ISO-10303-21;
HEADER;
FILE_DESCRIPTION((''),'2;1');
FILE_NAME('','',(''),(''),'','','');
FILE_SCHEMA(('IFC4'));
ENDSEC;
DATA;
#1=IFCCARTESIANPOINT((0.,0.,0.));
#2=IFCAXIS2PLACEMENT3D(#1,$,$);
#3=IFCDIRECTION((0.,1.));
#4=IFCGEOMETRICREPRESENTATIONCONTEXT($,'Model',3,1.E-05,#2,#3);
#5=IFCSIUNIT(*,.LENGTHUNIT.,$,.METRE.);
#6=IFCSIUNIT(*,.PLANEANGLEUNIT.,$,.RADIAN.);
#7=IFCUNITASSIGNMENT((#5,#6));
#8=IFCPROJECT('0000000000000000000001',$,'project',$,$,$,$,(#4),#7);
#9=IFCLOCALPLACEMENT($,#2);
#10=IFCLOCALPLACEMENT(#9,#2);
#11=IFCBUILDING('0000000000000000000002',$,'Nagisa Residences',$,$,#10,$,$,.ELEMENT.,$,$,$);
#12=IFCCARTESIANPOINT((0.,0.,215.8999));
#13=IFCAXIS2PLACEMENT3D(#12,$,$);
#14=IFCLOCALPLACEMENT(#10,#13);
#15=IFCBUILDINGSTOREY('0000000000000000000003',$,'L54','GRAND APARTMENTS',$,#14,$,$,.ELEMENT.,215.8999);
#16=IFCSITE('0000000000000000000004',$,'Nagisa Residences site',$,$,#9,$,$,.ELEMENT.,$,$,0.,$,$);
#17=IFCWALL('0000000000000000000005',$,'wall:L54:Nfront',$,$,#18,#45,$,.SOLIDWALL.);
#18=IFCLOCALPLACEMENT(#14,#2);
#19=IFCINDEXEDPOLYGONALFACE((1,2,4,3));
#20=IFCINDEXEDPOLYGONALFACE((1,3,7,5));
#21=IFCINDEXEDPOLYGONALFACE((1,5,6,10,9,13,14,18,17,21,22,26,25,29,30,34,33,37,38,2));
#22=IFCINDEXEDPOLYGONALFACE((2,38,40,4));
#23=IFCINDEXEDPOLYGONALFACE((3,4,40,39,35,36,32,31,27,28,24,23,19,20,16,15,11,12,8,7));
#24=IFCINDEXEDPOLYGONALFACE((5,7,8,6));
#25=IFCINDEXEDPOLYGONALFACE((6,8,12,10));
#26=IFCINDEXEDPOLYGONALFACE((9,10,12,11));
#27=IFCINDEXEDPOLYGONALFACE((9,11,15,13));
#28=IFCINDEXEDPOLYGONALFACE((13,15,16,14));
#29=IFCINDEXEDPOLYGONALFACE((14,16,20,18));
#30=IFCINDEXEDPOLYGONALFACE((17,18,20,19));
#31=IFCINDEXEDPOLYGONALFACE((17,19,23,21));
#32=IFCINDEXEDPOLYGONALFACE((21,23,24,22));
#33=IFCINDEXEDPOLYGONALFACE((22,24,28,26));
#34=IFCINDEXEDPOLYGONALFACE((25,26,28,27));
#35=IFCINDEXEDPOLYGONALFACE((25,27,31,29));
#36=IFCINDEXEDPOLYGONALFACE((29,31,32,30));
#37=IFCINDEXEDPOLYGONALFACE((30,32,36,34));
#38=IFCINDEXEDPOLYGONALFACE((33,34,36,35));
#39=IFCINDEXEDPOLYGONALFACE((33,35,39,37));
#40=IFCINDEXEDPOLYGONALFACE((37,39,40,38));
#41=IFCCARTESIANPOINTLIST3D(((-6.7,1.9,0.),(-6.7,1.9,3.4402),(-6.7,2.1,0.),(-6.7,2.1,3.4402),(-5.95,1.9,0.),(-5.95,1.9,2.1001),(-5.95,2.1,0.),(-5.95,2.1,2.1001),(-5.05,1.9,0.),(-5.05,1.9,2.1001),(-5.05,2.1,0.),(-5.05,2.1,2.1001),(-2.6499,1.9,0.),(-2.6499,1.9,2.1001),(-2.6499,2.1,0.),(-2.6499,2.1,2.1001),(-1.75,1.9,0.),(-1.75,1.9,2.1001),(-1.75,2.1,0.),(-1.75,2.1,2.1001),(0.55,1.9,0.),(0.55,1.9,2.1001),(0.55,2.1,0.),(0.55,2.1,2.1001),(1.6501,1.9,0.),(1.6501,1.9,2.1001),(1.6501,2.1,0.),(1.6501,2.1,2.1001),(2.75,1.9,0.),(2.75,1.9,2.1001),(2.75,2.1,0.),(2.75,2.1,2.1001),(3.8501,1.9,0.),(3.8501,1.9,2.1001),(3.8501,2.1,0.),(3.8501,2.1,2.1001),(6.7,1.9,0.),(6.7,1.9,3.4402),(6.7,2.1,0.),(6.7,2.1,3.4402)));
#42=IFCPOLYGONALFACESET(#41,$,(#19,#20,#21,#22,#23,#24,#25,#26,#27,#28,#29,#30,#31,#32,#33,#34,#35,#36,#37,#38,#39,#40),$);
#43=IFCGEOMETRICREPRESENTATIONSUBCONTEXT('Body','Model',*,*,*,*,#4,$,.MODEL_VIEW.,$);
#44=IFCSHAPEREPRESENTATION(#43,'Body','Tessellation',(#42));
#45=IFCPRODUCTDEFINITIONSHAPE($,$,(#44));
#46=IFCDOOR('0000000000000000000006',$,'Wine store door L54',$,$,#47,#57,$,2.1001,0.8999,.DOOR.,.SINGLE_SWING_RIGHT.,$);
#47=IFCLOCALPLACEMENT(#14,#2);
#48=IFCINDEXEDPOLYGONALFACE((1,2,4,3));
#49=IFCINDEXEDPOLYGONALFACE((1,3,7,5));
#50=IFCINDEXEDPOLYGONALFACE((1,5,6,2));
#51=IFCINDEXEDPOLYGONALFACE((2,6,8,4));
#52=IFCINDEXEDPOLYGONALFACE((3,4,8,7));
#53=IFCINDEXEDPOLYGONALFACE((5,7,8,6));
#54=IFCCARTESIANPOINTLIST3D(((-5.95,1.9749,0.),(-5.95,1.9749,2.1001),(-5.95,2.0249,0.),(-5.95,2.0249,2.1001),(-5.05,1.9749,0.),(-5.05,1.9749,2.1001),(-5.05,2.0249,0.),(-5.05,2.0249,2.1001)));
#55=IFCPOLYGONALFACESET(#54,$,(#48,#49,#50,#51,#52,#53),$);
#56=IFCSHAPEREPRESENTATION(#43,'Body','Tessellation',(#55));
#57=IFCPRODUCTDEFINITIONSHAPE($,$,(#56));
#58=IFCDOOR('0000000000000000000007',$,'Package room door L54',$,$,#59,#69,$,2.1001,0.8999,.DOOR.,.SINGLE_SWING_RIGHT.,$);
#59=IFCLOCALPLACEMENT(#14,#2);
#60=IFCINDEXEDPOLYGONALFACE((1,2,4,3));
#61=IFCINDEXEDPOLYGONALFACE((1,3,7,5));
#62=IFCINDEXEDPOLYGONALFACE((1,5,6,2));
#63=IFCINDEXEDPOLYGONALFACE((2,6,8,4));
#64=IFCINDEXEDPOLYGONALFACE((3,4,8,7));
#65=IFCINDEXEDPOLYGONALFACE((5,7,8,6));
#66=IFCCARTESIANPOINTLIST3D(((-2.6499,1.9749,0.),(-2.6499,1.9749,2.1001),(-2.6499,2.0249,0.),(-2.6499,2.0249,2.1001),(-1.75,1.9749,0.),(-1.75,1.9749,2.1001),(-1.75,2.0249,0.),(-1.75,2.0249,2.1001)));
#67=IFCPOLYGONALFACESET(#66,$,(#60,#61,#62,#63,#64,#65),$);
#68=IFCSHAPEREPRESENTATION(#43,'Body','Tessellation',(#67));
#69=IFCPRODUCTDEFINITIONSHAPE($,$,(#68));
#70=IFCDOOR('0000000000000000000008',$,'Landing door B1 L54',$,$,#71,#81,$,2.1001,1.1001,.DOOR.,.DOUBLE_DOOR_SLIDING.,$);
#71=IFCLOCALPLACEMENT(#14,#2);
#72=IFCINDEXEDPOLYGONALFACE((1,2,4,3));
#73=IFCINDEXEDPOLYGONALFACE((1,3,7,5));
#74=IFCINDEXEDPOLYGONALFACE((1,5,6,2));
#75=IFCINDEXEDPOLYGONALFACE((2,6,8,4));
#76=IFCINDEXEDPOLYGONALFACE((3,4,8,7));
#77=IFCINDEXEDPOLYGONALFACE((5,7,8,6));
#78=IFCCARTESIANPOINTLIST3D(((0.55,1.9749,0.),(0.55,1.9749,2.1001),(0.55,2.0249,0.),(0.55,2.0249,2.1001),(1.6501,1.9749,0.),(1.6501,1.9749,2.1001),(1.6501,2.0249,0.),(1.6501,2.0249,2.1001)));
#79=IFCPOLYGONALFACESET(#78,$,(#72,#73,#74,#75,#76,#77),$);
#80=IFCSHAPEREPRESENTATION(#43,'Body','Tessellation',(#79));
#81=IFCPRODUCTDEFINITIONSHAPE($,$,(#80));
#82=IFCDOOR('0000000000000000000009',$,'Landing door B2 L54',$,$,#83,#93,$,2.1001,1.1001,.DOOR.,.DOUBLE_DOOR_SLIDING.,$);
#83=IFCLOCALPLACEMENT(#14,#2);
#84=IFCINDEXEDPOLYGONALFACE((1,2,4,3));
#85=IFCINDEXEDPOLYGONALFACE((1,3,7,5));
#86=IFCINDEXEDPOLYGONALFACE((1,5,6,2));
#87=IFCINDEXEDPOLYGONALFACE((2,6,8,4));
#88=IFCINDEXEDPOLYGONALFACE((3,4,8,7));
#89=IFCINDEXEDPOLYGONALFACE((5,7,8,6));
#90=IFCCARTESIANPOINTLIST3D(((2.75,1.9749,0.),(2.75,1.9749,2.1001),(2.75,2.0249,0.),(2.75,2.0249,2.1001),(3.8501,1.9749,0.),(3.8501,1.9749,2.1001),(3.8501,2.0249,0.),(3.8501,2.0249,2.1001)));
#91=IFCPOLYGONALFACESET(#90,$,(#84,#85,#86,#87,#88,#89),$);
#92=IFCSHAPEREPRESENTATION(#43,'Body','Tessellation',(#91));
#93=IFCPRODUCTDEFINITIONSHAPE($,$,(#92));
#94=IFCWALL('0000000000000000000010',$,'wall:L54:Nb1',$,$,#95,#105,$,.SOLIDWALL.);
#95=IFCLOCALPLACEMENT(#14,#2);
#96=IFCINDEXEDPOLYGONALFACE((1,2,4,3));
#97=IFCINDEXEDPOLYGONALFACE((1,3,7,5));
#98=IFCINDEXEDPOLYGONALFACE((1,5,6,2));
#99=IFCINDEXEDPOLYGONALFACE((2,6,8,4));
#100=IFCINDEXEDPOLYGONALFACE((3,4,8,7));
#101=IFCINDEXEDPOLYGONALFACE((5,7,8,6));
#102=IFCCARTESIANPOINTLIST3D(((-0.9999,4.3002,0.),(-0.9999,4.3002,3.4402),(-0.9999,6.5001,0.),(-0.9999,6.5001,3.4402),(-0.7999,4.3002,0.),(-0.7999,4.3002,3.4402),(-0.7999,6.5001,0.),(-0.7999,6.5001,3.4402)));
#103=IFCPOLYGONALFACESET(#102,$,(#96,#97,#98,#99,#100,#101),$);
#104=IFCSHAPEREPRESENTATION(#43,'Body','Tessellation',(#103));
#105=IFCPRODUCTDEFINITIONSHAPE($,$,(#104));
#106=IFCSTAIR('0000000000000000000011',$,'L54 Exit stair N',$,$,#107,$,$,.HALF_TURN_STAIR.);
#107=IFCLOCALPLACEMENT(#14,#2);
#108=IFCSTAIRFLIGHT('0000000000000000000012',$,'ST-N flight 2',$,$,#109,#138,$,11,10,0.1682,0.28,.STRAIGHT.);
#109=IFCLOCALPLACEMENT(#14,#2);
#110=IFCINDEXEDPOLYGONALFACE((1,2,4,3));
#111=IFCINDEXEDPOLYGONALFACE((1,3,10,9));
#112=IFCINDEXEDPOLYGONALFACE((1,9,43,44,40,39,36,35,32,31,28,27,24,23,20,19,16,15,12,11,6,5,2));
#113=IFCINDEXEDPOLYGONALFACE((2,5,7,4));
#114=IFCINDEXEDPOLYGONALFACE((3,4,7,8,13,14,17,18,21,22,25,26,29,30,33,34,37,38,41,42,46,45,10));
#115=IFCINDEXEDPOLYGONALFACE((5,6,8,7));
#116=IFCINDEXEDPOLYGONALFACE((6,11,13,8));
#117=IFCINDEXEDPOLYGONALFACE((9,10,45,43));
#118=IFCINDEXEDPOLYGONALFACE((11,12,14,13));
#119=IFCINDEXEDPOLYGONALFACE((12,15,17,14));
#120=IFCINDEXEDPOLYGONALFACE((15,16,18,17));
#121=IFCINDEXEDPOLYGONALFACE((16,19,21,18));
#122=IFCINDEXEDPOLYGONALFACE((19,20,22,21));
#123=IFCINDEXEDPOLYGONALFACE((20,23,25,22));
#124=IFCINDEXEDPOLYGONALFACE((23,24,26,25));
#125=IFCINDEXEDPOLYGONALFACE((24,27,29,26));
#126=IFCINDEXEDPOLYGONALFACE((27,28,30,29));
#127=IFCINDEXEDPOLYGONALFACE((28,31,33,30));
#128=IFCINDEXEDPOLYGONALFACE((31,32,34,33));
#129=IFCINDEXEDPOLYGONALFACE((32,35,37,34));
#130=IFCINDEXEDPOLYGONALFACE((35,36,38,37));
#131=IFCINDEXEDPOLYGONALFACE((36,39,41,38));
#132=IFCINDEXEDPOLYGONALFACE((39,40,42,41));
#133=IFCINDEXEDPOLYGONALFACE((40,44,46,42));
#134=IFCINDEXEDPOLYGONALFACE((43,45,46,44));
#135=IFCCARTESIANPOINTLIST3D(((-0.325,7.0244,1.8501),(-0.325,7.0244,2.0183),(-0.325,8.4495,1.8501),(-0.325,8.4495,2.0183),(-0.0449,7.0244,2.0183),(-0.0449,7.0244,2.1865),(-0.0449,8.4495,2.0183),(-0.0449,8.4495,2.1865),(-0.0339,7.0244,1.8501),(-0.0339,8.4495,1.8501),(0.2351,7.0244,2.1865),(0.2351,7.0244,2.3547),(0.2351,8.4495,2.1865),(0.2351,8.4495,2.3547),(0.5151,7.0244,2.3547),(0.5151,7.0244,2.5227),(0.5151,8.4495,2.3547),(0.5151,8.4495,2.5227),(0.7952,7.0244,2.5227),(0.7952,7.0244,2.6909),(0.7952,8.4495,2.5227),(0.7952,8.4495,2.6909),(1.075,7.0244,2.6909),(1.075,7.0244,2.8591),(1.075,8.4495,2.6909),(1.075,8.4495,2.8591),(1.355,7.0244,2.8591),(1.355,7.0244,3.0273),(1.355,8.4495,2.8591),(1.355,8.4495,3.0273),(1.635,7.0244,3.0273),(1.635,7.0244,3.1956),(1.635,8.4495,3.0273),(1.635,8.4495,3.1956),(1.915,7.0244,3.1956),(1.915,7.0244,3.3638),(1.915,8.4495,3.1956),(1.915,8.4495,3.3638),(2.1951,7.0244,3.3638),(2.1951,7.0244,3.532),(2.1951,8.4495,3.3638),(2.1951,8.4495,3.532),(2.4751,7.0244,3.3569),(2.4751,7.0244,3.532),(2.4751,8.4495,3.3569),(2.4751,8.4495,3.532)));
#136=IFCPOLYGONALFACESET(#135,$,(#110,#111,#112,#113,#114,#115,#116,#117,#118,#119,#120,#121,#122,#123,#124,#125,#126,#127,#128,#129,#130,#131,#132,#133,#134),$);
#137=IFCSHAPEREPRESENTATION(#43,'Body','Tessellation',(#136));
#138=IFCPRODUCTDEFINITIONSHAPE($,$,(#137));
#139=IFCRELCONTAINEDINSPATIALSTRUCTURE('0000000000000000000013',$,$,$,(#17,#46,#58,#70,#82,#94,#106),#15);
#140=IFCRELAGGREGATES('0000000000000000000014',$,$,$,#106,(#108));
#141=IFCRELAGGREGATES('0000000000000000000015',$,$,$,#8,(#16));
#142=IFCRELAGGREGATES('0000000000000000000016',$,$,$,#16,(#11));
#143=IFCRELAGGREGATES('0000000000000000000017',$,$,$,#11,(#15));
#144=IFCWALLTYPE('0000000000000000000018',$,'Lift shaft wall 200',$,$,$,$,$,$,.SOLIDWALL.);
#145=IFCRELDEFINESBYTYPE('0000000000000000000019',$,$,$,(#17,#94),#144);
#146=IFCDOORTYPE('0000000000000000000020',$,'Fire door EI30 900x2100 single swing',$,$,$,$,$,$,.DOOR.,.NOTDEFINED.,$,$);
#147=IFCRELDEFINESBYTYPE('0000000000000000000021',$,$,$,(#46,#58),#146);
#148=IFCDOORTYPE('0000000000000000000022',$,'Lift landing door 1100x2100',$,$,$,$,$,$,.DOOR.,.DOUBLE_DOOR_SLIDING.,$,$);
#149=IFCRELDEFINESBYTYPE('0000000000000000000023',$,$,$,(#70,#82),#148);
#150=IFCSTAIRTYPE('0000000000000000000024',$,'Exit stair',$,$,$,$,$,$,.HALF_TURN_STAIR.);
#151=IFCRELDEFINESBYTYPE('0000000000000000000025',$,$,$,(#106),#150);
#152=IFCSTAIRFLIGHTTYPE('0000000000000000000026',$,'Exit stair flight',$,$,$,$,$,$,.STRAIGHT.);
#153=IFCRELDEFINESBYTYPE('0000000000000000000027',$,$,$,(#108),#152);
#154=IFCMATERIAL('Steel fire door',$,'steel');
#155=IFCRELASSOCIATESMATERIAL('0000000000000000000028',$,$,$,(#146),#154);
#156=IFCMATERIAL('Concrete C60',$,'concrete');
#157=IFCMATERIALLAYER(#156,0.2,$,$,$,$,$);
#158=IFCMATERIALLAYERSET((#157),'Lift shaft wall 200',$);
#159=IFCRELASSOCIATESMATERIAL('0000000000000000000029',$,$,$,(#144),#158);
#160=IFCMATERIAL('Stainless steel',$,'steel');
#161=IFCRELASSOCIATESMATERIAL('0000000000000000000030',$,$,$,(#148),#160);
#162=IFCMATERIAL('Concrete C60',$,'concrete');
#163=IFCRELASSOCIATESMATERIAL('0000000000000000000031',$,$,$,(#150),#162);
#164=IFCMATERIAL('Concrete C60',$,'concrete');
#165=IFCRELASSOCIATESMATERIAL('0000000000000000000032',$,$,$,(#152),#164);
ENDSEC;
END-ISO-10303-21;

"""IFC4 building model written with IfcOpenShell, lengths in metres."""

from ifc_helpers import new_model, si_unit, direction, frame, frame_2d, origin, place, context, subcontext, project, spatial, polyline, rectangle, outline, extrude, material, layer, layer_set, type_object, element, fill, aggregate, save


model = new_model("IFC4")

# Units and contexts
model_context = context("Model", 3, precision=1e-05, world=origin(), true_north=direction((0.0, 1.0)))
body_context = subcontext(model_context, "Body", "Model", "MODEL_VIEW")
ifc_project = project(units=[si_unit("LENGTHUNIT", "METRE"), si_unit("PLANEANGLEUNIT", "RADIAN")], contexts=[model_context])

# Site, building, storey
site_placement = place(None, origin())
site = spatial("IfcSite", under=ifc_project, at=site_placement, Name="Nagisa Residences site", CompositionType="ELEMENT", RefElevation=0.0)
building_placement = place(site_placement, origin())
building = spatial("IfcBuilding", under=site, at=building_placement, Name="Nagisa Residences", CompositionType="ELEMENT")
storey_placement = place(building_placement, frame((0.0, 0.0, 215.8999)))
storey = spatial("IfcBuildingStorey", under=building, at=storey_placement, Name="L54", Description="GRAND APARTMENTS", CompositionType="ELEMENT", Elevation=215.8999)

# Shared definitions
ifc_material_1 = material(Name="Steel fire door", Category="steel")
door_type_1 = type_object("IfcDoorType", Name="Fire door EI30 900x2100 single swing", OperationType="NOTDEFINED", PredefinedType="DOOR", material=ifc_material_1)
ifc_material_2 = material(Name="Concrete C60", Category="concrete")
ifc_layer_1 = layer(ifc_material_2, 0.2)
ifc_layer_set_1 = layer_set([ifc_layer_1], Name="Lift shaft wall 200")
wall_type_1 = type_object("IfcWallType", Name="Lift shaft wall 200", PredefinedType="SOLIDWALL", material=ifc_layer_set_1)
ifc_material_3 = material(Name="Stainless steel", Category="steel")
door_type_2 = type_object("IfcDoorType", Name="Lift landing door 1100x2100", OperationType="DOUBLE_DOOR_SLIDING", PredefinedType="DOOR", material=ifc_material_3)

# Wall, openings, doors
wall_1_placement = place(storey_placement, frame((-6.7, 2.0, 0.0), z_axis=(0.0, 0.0, 1.0), x_axis=(1.0, 0.0, 0.0)))
wall_1 = element("IfcWall", 1, at=wall_1_placement, inside=storey, type_object=wall_type_1, Name="wall:L54:Nfront", PredefinedType="SOLIDWALL", context=body_context, shape_type="SweptSolid", body=[
    extrude(rectangle(XDim=13.3999, YDim=0.2, at=frame_2d((6.7, 0.0))), origin(), (0.0, 0.0, 1.0), 3.4402),
])
opening_1_placement = place(wall_1_placement, frame((7.25, 0.0, 0.0)))
opening_1 = element("IfcOpeningElement", 2, at=opening_1_placement, cuts=wall_1, PredefinedType="OPENING", context=body_context, shape_type="SweptSolid", body=[
    extrude(rectangle(XDim=1.1001, YDim=2.1001, at=frame_2d((0.55, 1.05))), frame((0.0, 0.1099, 0.0), z_axis=(0.0, -1.0, 0.0), x_axis=(1.0, 0.0, 0.0)), (0.0, 0.0, 1.0), 0.22),
])
opening_2_placement = place(wall_1_placement, frame((9.45, 0.0, 0.0)))
opening_2 = element("IfcOpeningElement", 3, at=opening_2_placement, cuts=wall_1, PredefinedType="OPENING", context=body_context, shape_type="SweptSolid", body=[
    extrude(rectangle(XDim=1.1001, YDim=2.1001, at=frame_2d((0.55, 1.05))), frame((0.0, 0.1099, 0.0), z_axis=(0.0, -1.0, 0.0), x_axis=(1.0, 0.0, 0.0)), (0.0, 0.0, 1.0), 0.22),
])
opening_3_placement = place(wall_1_placement, frame((0.75, 0.0, 0.0)))
opening_3 = element("IfcOpeningElement", 4, at=opening_3_placement, cuts=wall_1, PredefinedType="OPENING", context=body_context, shape_type="SweptSolid", body=[
    extrude(rectangle(XDim=0.8999, YDim=2.1001, at=frame_2d((0.45, 1.05))), frame((0.0, 0.1099, 0.0), z_axis=(0.0, -1.0, 0.0), x_axis=(1.0, 0.0, 0.0)), (0.0, 0.0, 1.0), 0.22),
])
opening_4_placement = place(wall_1_placement, frame((4.05, 0.0, 0.0)))
opening_4 = element("IfcOpeningElement", 5, at=opening_4_placement, cuts=wall_1, PredefinedType="OPENING", context=body_context, shape_type="SweptSolid", body=[
    extrude(rectangle(XDim=0.8999, YDim=2.1001, at=frame_2d((0.45, 1.05))), frame((0.0, 0.1099, 0.0), z_axis=(0.0, -1.0, 0.0), x_axis=(1.0, 0.0, 0.0)), (0.0, 0.0, 1.0), 0.22),
])
door_1_placement = place(opening_3_placement, origin())
door_1 = element("IfcDoor", 6, at=door_1_placement, inside=storey, type_object=door_type_1, Name="Wine store door L54", OperationType="SINGLE_SWING_RIGHT", OverallHeight=2.1001, OverallWidth=0.8999, PredefinedType="DOOR", context=body_context, shape_type="SweptSolid", body=[
    extrude(rectangle(XDim=0.8999, YDim=2.1001, at=frame_2d((0.45, 1.05))), frame((0.0, 0.0249, 0.0), z_axis=(0.0, -1.0, 0.0), x_axis=(1.0, 0.0, 0.0)), (0.0, 0.0, 1.0), 0.05),
])
fill(opening_3, door_1)
door_2_placement = place(opening_4_placement, origin())
door_2 = element("IfcDoor", 7, at=door_2_placement, inside=storey, type_object=door_type_1, Name="Package room door L54", OperationType="SINGLE_SWING_RIGHT", OverallHeight=2.1001, OverallWidth=0.8999, PredefinedType="DOOR", context=body_context, shape_type="SweptSolid", body=[
    extrude(rectangle(XDim=0.8999, YDim=2.1001, at=frame_2d((0.45, 1.05))), frame((0.0, 0.0249, 0.0), z_axis=(0.0, -1.0, 0.0), x_axis=(1.0, 0.0, 0.0)), (0.0, 0.0, 1.0), 0.05),
])
fill(opening_4, door_2)
door_3_placement = place(opening_1_placement, origin())
door_3 = element("IfcDoor", 8, at=door_3_placement, inside=storey, type_object=door_type_2, Name="Landing door B1 L54", OperationType="DOUBLE_DOOR_SLIDING", OverallHeight=2.1001, OverallWidth=1.1001, PredefinedType="DOOR", context=body_context, shape_type="SweptSolid", body=[
    extrude(rectangle(XDim=1.1001, YDim=2.1001, at=frame_2d((0.55, 1.05))), frame((0.0, 0.0249, 0.0), z_axis=(0.0, -1.0, 0.0), x_axis=(1.0, 0.0, 0.0)), (0.0, 0.0, 1.0), 0.05),
])
fill(opening_1, door_3)
door_4_placement = place(opening_2_placement, origin())
door_4 = element("IfcDoor", 9, at=door_4_placement, inside=storey, type_object=door_type_2, Name="Landing door B2 L54", OperationType="DOUBLE_DOOR_SLIDING", OverallHeight=2.1001, OverallWidth=1.1001, PredefinedType="DOOR", context=body_context, shape_type="SweptSolid", body=[
    extrude(rectangle(XDim=1.1001, YDim=2.1001, at=frame_2d((0.55, 1.05))), frame((0.0, 0.0249, 0.0), z_axis=(0.0, -1.0, 0.0), x_axis=(1.0, 0.0, 0.0)), (0.0, 0.0, 1.0), 0.05),
])
fill(opening_2, door_4)

# Wall
wall_2_placement = place(storey_placement, frame((-0.8999, 4.3, 0.0), z_axis=(0.0, 0.0, 1.0), x_axis=(0.0, 1.0, 0.0)))
element("IfcWall", 10, at=wall_2_placement, inside=storey, type_object=wall_type_1, Name="wall:L54:Nb1", PredefinedType="SOLIDWALL", context=body_context, shape_type="SweptSolid", body=[
    extrude(rectangle(XDim=2.2, YDim=0.2, at=frame_2d((1.1001, 0.0))), origin(), (0.0, 0.0, 1.0), 3.4402),
])

# Stair, stair flight
ifc_material_4 = material(Name="Concrete C60", Category="concrete")
stair_type = type_object("IfcStairType", Name="Exit stair", PredefinedType="HALF_TURN_STAIR", material=ifc_material_4)
stair_placement = place(storey_placement, origin())
stair = element("IfcStair", 11, at=stair_placement, inside=storey, type_object=stair_type, Name="L54 Exit stair N", PredefinedType="HALF_TURN_STAIR")
ifc_material_5 = material(Name="Concrete C60", Category="concrete")
stair_flight_type = type_object("IfcStairFlightType", Name="Exit stair flight", PredefinedType="STRAIGHT", material=ifc_material_5)
stair_flight_placement = place(storey_placement, frame((-0.325, 7.7371, 1.8501), z_axis=(0.0, 0.0, 1.0), x_axis=(1.0, 0.0, 0.0)))
stair_flight = element("IfcStairFlight", 12, at=stair_flight_placement, type_object=stair_flight_type, Name="ST-N flight 2", NumberOfRisers=11, NumberOfTreads=10, PredefinedType="STRAIGHT", RiserHeight=0.1682, TreadLength=0.28, context=body_context, shape_type="SweptSolid", body=[
    extrude(outline(polyline([(0.0, 0.0), (0.0, 0.1682), (0.28, 0.1682), (0.28, 0.3364), (0.5601, 0.3364), (0.5601, 0.5046), (0.8401, 0.5046), (0.8401, 0.6726), (1.1201, 0.6726), (1.1201, 0.8408), (1.3999, 0.8408), (1.3999, 1.009), (1.6799, 1.009), (1.6799, 1.1772), (1.96, 1.1772), (1.96, 1.3455), (2.24, 1.3455), (2.24, 1.5137), (2.52, 1.5137), (2.52, 1.6819), (2.8, 1.6819), (2.8, 1.8501), (2.8, 1.5068), (0.291, 0.0), (0.0, 0.0)])), frame((0.0, 0.7124, 0.0), z_axis=(0.0, -1.0, 0.0), x_axis=(1.0, 0.0, 0.0)), (0.0, 0.0, 1.0), 1.425),
])
aggregate(stair, [stair_flight])

save(model, "model.ifc")
